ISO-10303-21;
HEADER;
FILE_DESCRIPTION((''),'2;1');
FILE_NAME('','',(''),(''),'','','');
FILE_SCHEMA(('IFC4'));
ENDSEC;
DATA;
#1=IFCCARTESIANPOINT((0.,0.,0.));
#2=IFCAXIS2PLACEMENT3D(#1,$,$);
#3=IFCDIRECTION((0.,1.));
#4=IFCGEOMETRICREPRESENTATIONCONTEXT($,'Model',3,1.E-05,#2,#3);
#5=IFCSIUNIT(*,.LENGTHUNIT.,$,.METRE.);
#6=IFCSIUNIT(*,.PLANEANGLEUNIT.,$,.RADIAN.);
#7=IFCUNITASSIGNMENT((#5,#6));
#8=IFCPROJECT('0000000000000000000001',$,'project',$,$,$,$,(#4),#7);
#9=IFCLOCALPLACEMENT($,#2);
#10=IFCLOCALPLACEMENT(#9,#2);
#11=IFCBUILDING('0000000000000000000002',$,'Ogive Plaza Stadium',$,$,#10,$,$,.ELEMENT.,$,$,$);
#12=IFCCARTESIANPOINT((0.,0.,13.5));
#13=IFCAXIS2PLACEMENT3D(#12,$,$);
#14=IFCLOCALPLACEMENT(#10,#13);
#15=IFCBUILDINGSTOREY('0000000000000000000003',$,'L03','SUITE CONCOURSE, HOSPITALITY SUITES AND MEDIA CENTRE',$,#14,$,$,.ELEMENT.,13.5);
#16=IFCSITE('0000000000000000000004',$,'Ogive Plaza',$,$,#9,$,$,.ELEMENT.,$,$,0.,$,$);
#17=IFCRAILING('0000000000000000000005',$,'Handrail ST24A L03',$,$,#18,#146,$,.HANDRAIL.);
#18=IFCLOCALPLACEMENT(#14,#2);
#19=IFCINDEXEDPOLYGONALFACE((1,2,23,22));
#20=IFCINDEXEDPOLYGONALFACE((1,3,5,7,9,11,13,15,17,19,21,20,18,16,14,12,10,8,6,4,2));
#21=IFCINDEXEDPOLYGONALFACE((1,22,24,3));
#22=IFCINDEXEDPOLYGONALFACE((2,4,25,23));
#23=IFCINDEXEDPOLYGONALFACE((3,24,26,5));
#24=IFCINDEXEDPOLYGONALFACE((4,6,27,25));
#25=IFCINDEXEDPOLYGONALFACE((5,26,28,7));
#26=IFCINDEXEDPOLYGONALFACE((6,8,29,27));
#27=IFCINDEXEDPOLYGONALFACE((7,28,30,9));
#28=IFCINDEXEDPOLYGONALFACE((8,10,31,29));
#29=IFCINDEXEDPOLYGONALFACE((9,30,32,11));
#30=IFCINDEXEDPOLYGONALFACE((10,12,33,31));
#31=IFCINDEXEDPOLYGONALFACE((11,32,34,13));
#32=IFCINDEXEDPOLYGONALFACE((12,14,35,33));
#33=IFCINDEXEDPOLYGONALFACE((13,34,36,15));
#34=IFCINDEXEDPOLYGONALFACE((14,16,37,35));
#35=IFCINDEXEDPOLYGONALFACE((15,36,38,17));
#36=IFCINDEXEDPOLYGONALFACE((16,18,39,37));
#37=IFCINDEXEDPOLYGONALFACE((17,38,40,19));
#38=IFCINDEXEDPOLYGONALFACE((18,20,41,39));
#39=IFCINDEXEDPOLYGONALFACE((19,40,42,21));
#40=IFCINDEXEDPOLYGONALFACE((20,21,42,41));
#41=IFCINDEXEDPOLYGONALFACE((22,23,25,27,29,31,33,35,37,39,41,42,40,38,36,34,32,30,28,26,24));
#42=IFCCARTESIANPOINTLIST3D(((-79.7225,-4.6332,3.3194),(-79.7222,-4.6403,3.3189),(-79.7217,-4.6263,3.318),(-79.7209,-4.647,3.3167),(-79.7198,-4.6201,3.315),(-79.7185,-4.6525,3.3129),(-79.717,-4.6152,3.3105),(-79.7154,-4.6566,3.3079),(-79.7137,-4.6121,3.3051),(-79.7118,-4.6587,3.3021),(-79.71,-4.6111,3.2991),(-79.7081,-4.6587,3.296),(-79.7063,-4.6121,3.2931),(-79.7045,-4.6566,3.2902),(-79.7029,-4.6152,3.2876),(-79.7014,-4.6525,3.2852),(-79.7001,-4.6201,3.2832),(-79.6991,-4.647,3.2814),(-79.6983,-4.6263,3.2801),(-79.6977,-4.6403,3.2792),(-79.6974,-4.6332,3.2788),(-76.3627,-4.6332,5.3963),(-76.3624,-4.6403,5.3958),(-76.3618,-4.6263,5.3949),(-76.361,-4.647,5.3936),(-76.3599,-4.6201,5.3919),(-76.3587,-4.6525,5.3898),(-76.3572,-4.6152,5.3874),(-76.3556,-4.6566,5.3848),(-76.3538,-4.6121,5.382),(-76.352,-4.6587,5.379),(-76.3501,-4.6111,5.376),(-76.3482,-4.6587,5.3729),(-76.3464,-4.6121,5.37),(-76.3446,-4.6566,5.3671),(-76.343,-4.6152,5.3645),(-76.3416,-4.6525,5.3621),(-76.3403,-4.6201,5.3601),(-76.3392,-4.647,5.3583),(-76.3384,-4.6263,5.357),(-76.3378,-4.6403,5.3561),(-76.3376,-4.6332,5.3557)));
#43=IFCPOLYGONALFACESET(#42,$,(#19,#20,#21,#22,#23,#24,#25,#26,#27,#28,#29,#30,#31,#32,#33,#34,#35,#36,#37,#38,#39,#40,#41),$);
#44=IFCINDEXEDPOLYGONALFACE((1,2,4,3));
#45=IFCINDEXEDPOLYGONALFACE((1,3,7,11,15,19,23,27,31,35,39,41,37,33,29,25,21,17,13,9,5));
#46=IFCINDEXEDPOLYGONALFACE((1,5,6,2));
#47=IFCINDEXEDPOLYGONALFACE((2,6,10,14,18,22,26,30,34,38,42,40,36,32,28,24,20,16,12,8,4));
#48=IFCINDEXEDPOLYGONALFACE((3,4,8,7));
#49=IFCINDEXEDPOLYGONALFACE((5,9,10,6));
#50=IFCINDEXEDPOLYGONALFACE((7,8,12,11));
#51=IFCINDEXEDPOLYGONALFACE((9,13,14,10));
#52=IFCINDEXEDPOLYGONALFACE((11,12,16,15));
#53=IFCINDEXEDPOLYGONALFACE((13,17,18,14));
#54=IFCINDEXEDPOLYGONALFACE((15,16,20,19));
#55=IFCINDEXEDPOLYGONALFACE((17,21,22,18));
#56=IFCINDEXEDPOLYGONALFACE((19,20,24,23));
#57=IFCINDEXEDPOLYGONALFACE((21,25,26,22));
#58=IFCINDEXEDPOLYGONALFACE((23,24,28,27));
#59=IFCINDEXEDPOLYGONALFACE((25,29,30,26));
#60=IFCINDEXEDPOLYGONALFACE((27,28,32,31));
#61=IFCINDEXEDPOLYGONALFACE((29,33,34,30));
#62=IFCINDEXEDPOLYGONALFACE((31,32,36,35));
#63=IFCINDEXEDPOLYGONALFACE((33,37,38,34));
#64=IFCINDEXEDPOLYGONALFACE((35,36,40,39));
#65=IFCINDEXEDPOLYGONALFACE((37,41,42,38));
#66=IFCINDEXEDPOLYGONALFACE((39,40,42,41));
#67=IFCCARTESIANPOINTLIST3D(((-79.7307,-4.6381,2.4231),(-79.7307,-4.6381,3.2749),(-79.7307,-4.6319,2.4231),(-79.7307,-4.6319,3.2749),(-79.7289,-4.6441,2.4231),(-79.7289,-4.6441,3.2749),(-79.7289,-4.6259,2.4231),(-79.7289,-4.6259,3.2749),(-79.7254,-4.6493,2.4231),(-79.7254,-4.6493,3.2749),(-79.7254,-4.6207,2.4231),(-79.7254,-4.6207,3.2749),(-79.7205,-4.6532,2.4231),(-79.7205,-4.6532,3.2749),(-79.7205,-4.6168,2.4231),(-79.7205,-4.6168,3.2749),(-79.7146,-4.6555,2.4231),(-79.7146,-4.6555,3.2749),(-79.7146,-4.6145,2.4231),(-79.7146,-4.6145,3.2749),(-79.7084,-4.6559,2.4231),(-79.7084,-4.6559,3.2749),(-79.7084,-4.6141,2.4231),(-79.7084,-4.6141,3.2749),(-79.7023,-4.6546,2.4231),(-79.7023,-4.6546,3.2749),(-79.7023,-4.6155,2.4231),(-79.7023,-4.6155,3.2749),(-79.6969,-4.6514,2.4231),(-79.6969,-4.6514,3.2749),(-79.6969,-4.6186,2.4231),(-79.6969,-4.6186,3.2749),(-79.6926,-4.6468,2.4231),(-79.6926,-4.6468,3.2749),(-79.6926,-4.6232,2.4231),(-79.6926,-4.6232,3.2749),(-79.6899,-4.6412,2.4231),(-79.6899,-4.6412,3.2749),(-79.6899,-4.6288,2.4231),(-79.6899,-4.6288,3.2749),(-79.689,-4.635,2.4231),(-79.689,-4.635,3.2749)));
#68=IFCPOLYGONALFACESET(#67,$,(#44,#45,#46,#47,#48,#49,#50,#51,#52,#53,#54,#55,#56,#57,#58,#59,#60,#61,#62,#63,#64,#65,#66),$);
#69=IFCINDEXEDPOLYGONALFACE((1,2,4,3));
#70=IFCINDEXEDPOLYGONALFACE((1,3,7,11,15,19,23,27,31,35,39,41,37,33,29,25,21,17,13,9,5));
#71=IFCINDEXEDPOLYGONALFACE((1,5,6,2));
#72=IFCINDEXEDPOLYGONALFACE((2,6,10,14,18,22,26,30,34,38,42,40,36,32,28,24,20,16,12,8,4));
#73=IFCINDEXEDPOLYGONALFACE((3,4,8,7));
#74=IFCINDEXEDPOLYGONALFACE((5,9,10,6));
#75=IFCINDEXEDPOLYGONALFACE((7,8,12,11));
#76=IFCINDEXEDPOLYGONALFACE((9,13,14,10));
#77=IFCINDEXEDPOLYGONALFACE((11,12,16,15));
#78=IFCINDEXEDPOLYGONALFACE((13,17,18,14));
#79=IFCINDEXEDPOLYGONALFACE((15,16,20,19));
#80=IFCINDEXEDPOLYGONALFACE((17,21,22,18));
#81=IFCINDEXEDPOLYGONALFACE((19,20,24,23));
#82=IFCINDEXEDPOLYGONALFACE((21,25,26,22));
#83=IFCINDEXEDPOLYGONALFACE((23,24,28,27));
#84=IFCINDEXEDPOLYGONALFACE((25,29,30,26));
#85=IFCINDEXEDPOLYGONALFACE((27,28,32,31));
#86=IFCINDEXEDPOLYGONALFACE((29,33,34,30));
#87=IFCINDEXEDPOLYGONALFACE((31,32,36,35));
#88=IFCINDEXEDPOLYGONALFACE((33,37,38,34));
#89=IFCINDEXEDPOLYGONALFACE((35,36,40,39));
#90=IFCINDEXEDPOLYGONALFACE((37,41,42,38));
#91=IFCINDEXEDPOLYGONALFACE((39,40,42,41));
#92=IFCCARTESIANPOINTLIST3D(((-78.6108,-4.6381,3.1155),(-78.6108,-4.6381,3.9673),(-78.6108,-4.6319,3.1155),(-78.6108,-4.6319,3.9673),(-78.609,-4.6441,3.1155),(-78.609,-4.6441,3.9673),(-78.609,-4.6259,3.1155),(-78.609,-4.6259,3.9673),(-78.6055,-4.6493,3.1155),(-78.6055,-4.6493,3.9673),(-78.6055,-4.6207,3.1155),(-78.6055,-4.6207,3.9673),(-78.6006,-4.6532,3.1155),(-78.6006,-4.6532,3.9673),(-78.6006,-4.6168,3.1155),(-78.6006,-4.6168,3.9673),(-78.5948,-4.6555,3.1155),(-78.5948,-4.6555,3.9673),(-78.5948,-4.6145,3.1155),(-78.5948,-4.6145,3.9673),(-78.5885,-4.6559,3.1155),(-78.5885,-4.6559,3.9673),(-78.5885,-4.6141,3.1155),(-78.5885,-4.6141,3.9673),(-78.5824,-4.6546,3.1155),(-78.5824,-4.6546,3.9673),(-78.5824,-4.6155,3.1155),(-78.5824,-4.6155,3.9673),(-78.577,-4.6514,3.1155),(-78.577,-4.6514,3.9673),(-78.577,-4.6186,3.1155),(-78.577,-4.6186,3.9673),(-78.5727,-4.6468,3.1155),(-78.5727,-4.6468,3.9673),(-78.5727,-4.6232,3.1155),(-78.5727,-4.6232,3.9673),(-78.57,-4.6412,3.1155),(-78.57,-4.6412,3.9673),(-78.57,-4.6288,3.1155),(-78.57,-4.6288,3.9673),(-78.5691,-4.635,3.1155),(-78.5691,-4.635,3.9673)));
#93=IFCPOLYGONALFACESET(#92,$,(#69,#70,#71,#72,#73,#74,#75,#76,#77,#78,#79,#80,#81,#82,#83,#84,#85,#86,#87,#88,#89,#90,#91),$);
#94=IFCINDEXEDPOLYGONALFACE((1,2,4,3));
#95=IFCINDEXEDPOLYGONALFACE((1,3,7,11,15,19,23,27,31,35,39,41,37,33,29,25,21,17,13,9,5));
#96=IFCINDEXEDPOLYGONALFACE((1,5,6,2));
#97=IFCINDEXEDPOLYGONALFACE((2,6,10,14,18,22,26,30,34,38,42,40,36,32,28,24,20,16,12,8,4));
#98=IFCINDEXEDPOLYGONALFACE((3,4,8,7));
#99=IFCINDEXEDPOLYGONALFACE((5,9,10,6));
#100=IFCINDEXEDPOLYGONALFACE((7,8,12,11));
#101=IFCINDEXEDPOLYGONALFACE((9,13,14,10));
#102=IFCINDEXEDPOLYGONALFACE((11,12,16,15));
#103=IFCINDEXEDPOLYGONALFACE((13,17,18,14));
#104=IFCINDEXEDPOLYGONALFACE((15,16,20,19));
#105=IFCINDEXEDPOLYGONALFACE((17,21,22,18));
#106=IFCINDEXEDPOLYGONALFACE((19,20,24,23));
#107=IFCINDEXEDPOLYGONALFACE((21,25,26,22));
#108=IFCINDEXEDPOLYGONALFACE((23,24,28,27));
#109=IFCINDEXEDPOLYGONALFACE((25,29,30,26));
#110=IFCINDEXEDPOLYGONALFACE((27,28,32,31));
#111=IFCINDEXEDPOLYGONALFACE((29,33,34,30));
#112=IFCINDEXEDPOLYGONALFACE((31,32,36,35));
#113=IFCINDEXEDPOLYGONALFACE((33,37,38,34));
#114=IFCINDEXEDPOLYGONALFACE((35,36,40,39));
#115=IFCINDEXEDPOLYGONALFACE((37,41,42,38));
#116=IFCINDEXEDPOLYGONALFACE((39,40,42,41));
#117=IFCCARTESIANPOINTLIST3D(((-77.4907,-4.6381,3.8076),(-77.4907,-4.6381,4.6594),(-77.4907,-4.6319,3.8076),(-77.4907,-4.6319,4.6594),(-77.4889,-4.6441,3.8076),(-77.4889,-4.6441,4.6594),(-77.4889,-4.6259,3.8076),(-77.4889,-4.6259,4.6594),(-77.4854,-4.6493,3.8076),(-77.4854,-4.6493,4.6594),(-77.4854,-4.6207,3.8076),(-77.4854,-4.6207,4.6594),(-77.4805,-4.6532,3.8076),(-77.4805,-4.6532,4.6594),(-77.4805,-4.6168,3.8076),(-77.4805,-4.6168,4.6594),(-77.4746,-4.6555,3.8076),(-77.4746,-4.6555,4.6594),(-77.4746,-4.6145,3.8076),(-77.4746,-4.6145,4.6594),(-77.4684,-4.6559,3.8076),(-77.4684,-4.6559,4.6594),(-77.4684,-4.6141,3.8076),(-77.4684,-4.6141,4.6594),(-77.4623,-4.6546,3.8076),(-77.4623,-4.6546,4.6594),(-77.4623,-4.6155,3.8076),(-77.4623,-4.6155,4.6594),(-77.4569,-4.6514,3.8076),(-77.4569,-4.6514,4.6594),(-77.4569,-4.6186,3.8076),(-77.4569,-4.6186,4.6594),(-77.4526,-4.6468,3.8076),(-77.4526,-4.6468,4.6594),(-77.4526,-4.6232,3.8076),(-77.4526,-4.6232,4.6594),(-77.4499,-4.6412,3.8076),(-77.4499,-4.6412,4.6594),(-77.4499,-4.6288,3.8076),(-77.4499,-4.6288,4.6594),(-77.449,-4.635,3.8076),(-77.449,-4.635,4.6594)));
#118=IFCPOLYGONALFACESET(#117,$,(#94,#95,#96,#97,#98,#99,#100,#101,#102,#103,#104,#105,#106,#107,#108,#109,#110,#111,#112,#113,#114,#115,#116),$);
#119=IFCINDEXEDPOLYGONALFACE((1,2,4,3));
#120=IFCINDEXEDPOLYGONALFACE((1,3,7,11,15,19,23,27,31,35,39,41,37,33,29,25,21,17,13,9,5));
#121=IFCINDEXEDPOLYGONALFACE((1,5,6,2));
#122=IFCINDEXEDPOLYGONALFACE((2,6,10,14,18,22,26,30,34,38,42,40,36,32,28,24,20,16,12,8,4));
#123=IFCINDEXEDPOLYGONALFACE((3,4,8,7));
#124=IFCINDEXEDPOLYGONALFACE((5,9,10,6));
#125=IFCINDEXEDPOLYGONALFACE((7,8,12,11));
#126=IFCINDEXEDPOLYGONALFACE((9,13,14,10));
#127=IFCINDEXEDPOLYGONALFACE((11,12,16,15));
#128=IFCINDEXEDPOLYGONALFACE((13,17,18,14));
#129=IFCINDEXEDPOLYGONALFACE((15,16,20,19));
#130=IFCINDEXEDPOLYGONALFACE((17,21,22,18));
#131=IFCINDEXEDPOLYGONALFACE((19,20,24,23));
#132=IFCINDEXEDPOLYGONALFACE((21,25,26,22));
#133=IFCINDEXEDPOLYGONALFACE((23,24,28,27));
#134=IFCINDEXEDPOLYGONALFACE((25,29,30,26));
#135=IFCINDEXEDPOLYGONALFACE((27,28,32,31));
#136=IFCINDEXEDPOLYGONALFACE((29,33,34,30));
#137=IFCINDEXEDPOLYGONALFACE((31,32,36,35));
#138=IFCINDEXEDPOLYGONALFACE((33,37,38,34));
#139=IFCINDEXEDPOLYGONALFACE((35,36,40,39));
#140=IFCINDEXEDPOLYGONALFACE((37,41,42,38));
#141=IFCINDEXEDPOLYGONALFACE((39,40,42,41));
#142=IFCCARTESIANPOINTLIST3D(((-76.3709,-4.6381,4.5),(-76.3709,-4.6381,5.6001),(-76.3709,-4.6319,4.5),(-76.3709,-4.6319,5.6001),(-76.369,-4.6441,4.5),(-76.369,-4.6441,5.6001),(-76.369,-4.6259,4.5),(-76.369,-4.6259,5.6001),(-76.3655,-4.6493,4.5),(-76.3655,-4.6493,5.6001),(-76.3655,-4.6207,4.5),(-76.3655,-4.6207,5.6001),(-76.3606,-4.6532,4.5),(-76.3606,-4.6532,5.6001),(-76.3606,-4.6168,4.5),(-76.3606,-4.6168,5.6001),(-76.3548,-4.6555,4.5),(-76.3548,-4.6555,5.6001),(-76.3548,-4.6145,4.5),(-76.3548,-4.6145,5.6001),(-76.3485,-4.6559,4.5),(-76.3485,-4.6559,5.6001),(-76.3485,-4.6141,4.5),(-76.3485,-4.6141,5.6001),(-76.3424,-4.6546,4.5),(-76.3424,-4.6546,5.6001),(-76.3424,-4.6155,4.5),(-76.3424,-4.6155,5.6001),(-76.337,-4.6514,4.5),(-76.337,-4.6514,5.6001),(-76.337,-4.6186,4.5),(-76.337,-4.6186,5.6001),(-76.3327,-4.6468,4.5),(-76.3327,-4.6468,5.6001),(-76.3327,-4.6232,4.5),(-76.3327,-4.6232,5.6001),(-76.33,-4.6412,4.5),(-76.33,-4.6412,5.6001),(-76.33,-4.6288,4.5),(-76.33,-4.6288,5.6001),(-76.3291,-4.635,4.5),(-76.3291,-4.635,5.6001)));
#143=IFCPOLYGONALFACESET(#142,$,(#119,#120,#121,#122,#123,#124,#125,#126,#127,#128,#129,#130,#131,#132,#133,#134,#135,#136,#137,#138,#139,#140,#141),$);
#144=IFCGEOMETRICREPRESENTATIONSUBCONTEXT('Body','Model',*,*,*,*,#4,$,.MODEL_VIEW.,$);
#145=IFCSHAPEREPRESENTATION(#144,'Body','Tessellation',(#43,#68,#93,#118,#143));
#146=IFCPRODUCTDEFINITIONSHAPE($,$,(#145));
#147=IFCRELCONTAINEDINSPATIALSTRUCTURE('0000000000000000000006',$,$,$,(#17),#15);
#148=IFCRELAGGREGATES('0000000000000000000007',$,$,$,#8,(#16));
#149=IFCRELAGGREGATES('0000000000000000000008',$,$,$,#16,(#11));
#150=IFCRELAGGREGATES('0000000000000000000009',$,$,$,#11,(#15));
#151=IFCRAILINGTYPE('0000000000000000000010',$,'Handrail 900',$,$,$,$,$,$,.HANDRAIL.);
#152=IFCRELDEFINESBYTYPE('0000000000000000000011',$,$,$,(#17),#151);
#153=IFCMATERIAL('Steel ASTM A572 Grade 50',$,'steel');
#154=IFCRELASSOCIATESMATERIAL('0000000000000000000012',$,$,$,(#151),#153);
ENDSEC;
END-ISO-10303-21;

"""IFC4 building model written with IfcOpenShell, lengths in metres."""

from ifc_helpers import new_model, si_unit, direction, frame, origin, origin_2d, place, context, subcontext, project, spatial, circle, extrude, material, type_object, element, save


model = new_model("IFC4")

# Units and contexts
model_context = context("Model", 3, precision=1e-05, world=origin(), true_north=direction((0.0, 1.0)))
body_context = subcontext(model_context, "Body", "Model", "MODEL_VIEW")
ifc_project = project(units=[si_unit("LENGTHUNIT", "METRE"), si_unit("PLANEANGLEUNIT", "RADIAN")], contexts=[model_context])

# Site, building, storey
site_placement = place(None, origin())
site = spatial("IfcSite", under=ifc_project, at=site_placement, Name="Ogive Plaza", CompositionType="ELEMENT", RefElevation=0.0)
building_placement = place(site_placement, origin())
building = spatial("IfcBuilding", under=site, at=building_placement, Name="Ogive Plaza Stadium", CompositionType="ELEMENT")
storey_placement = place(building_placement, frame((0.0, 0.0, 13.5)))
storey = spatial("IfcBuildingStorey", under=building, at=storey_placement, Name="L03", Description="SUITE CONCOURSE, HOSPITALITY SUITES AND MEDIA CENTRE", CompositionType="ELEMENT", Elevation=13.5)

# Railing
ifc_material_1 = material(Name="Steel ASTM A572 Grade 50", Category="steel")
railing_type_1 = type_object("IfcRailingType", Name="Handrail 900", PredefinedType="HANDRAIL", material=ifc_material_1)
for number, where, name in (
    (1, (-79.71, -4.635, 2.4231), "Handrail ST24A L03"),
):
    element("IfcRailing", number, at=place(storey_placement, frame(where)), inside=storey, type_object=railing_type_1, Name=name, PredefinedType="HANDRAIL", context=body_context, shape_type="SweptSolid", body=[
        extrude(circle(Radius=0.0239, at=origin_2d()), frame((0.0, 0.0, 0.876), z_axis=(0.850606, 0.0, 0.525803), x_axis=(0.0, 1.0, 0.0)), (0.0, 0.0, 1.0), 3.95),
        extrude(circle(Radius=0.021, at=origin_2d()), origin(), (0.0, 0.0, 1.0), 0.8518),
        extrude(circle(Radius=0.021, at=origin_2d()), frame((1.1199, 0.0, 0.6924)), (0.0, 0.0, 1.0), 0.8518),
        extrude(circle(Radius=0.021, at=origin_2d()), frame((2.24, 0.0, 1.3845)), (0.0, 0.0, 1.0), 0.8518),
        extrude(circle(Radius=0.021, at=origin_2d()), frame((3.3599, 0.0, 2.0769)), (0.0, 0.0, 1.0), 1.1001),
    ])

save(model, "model.ifc")
